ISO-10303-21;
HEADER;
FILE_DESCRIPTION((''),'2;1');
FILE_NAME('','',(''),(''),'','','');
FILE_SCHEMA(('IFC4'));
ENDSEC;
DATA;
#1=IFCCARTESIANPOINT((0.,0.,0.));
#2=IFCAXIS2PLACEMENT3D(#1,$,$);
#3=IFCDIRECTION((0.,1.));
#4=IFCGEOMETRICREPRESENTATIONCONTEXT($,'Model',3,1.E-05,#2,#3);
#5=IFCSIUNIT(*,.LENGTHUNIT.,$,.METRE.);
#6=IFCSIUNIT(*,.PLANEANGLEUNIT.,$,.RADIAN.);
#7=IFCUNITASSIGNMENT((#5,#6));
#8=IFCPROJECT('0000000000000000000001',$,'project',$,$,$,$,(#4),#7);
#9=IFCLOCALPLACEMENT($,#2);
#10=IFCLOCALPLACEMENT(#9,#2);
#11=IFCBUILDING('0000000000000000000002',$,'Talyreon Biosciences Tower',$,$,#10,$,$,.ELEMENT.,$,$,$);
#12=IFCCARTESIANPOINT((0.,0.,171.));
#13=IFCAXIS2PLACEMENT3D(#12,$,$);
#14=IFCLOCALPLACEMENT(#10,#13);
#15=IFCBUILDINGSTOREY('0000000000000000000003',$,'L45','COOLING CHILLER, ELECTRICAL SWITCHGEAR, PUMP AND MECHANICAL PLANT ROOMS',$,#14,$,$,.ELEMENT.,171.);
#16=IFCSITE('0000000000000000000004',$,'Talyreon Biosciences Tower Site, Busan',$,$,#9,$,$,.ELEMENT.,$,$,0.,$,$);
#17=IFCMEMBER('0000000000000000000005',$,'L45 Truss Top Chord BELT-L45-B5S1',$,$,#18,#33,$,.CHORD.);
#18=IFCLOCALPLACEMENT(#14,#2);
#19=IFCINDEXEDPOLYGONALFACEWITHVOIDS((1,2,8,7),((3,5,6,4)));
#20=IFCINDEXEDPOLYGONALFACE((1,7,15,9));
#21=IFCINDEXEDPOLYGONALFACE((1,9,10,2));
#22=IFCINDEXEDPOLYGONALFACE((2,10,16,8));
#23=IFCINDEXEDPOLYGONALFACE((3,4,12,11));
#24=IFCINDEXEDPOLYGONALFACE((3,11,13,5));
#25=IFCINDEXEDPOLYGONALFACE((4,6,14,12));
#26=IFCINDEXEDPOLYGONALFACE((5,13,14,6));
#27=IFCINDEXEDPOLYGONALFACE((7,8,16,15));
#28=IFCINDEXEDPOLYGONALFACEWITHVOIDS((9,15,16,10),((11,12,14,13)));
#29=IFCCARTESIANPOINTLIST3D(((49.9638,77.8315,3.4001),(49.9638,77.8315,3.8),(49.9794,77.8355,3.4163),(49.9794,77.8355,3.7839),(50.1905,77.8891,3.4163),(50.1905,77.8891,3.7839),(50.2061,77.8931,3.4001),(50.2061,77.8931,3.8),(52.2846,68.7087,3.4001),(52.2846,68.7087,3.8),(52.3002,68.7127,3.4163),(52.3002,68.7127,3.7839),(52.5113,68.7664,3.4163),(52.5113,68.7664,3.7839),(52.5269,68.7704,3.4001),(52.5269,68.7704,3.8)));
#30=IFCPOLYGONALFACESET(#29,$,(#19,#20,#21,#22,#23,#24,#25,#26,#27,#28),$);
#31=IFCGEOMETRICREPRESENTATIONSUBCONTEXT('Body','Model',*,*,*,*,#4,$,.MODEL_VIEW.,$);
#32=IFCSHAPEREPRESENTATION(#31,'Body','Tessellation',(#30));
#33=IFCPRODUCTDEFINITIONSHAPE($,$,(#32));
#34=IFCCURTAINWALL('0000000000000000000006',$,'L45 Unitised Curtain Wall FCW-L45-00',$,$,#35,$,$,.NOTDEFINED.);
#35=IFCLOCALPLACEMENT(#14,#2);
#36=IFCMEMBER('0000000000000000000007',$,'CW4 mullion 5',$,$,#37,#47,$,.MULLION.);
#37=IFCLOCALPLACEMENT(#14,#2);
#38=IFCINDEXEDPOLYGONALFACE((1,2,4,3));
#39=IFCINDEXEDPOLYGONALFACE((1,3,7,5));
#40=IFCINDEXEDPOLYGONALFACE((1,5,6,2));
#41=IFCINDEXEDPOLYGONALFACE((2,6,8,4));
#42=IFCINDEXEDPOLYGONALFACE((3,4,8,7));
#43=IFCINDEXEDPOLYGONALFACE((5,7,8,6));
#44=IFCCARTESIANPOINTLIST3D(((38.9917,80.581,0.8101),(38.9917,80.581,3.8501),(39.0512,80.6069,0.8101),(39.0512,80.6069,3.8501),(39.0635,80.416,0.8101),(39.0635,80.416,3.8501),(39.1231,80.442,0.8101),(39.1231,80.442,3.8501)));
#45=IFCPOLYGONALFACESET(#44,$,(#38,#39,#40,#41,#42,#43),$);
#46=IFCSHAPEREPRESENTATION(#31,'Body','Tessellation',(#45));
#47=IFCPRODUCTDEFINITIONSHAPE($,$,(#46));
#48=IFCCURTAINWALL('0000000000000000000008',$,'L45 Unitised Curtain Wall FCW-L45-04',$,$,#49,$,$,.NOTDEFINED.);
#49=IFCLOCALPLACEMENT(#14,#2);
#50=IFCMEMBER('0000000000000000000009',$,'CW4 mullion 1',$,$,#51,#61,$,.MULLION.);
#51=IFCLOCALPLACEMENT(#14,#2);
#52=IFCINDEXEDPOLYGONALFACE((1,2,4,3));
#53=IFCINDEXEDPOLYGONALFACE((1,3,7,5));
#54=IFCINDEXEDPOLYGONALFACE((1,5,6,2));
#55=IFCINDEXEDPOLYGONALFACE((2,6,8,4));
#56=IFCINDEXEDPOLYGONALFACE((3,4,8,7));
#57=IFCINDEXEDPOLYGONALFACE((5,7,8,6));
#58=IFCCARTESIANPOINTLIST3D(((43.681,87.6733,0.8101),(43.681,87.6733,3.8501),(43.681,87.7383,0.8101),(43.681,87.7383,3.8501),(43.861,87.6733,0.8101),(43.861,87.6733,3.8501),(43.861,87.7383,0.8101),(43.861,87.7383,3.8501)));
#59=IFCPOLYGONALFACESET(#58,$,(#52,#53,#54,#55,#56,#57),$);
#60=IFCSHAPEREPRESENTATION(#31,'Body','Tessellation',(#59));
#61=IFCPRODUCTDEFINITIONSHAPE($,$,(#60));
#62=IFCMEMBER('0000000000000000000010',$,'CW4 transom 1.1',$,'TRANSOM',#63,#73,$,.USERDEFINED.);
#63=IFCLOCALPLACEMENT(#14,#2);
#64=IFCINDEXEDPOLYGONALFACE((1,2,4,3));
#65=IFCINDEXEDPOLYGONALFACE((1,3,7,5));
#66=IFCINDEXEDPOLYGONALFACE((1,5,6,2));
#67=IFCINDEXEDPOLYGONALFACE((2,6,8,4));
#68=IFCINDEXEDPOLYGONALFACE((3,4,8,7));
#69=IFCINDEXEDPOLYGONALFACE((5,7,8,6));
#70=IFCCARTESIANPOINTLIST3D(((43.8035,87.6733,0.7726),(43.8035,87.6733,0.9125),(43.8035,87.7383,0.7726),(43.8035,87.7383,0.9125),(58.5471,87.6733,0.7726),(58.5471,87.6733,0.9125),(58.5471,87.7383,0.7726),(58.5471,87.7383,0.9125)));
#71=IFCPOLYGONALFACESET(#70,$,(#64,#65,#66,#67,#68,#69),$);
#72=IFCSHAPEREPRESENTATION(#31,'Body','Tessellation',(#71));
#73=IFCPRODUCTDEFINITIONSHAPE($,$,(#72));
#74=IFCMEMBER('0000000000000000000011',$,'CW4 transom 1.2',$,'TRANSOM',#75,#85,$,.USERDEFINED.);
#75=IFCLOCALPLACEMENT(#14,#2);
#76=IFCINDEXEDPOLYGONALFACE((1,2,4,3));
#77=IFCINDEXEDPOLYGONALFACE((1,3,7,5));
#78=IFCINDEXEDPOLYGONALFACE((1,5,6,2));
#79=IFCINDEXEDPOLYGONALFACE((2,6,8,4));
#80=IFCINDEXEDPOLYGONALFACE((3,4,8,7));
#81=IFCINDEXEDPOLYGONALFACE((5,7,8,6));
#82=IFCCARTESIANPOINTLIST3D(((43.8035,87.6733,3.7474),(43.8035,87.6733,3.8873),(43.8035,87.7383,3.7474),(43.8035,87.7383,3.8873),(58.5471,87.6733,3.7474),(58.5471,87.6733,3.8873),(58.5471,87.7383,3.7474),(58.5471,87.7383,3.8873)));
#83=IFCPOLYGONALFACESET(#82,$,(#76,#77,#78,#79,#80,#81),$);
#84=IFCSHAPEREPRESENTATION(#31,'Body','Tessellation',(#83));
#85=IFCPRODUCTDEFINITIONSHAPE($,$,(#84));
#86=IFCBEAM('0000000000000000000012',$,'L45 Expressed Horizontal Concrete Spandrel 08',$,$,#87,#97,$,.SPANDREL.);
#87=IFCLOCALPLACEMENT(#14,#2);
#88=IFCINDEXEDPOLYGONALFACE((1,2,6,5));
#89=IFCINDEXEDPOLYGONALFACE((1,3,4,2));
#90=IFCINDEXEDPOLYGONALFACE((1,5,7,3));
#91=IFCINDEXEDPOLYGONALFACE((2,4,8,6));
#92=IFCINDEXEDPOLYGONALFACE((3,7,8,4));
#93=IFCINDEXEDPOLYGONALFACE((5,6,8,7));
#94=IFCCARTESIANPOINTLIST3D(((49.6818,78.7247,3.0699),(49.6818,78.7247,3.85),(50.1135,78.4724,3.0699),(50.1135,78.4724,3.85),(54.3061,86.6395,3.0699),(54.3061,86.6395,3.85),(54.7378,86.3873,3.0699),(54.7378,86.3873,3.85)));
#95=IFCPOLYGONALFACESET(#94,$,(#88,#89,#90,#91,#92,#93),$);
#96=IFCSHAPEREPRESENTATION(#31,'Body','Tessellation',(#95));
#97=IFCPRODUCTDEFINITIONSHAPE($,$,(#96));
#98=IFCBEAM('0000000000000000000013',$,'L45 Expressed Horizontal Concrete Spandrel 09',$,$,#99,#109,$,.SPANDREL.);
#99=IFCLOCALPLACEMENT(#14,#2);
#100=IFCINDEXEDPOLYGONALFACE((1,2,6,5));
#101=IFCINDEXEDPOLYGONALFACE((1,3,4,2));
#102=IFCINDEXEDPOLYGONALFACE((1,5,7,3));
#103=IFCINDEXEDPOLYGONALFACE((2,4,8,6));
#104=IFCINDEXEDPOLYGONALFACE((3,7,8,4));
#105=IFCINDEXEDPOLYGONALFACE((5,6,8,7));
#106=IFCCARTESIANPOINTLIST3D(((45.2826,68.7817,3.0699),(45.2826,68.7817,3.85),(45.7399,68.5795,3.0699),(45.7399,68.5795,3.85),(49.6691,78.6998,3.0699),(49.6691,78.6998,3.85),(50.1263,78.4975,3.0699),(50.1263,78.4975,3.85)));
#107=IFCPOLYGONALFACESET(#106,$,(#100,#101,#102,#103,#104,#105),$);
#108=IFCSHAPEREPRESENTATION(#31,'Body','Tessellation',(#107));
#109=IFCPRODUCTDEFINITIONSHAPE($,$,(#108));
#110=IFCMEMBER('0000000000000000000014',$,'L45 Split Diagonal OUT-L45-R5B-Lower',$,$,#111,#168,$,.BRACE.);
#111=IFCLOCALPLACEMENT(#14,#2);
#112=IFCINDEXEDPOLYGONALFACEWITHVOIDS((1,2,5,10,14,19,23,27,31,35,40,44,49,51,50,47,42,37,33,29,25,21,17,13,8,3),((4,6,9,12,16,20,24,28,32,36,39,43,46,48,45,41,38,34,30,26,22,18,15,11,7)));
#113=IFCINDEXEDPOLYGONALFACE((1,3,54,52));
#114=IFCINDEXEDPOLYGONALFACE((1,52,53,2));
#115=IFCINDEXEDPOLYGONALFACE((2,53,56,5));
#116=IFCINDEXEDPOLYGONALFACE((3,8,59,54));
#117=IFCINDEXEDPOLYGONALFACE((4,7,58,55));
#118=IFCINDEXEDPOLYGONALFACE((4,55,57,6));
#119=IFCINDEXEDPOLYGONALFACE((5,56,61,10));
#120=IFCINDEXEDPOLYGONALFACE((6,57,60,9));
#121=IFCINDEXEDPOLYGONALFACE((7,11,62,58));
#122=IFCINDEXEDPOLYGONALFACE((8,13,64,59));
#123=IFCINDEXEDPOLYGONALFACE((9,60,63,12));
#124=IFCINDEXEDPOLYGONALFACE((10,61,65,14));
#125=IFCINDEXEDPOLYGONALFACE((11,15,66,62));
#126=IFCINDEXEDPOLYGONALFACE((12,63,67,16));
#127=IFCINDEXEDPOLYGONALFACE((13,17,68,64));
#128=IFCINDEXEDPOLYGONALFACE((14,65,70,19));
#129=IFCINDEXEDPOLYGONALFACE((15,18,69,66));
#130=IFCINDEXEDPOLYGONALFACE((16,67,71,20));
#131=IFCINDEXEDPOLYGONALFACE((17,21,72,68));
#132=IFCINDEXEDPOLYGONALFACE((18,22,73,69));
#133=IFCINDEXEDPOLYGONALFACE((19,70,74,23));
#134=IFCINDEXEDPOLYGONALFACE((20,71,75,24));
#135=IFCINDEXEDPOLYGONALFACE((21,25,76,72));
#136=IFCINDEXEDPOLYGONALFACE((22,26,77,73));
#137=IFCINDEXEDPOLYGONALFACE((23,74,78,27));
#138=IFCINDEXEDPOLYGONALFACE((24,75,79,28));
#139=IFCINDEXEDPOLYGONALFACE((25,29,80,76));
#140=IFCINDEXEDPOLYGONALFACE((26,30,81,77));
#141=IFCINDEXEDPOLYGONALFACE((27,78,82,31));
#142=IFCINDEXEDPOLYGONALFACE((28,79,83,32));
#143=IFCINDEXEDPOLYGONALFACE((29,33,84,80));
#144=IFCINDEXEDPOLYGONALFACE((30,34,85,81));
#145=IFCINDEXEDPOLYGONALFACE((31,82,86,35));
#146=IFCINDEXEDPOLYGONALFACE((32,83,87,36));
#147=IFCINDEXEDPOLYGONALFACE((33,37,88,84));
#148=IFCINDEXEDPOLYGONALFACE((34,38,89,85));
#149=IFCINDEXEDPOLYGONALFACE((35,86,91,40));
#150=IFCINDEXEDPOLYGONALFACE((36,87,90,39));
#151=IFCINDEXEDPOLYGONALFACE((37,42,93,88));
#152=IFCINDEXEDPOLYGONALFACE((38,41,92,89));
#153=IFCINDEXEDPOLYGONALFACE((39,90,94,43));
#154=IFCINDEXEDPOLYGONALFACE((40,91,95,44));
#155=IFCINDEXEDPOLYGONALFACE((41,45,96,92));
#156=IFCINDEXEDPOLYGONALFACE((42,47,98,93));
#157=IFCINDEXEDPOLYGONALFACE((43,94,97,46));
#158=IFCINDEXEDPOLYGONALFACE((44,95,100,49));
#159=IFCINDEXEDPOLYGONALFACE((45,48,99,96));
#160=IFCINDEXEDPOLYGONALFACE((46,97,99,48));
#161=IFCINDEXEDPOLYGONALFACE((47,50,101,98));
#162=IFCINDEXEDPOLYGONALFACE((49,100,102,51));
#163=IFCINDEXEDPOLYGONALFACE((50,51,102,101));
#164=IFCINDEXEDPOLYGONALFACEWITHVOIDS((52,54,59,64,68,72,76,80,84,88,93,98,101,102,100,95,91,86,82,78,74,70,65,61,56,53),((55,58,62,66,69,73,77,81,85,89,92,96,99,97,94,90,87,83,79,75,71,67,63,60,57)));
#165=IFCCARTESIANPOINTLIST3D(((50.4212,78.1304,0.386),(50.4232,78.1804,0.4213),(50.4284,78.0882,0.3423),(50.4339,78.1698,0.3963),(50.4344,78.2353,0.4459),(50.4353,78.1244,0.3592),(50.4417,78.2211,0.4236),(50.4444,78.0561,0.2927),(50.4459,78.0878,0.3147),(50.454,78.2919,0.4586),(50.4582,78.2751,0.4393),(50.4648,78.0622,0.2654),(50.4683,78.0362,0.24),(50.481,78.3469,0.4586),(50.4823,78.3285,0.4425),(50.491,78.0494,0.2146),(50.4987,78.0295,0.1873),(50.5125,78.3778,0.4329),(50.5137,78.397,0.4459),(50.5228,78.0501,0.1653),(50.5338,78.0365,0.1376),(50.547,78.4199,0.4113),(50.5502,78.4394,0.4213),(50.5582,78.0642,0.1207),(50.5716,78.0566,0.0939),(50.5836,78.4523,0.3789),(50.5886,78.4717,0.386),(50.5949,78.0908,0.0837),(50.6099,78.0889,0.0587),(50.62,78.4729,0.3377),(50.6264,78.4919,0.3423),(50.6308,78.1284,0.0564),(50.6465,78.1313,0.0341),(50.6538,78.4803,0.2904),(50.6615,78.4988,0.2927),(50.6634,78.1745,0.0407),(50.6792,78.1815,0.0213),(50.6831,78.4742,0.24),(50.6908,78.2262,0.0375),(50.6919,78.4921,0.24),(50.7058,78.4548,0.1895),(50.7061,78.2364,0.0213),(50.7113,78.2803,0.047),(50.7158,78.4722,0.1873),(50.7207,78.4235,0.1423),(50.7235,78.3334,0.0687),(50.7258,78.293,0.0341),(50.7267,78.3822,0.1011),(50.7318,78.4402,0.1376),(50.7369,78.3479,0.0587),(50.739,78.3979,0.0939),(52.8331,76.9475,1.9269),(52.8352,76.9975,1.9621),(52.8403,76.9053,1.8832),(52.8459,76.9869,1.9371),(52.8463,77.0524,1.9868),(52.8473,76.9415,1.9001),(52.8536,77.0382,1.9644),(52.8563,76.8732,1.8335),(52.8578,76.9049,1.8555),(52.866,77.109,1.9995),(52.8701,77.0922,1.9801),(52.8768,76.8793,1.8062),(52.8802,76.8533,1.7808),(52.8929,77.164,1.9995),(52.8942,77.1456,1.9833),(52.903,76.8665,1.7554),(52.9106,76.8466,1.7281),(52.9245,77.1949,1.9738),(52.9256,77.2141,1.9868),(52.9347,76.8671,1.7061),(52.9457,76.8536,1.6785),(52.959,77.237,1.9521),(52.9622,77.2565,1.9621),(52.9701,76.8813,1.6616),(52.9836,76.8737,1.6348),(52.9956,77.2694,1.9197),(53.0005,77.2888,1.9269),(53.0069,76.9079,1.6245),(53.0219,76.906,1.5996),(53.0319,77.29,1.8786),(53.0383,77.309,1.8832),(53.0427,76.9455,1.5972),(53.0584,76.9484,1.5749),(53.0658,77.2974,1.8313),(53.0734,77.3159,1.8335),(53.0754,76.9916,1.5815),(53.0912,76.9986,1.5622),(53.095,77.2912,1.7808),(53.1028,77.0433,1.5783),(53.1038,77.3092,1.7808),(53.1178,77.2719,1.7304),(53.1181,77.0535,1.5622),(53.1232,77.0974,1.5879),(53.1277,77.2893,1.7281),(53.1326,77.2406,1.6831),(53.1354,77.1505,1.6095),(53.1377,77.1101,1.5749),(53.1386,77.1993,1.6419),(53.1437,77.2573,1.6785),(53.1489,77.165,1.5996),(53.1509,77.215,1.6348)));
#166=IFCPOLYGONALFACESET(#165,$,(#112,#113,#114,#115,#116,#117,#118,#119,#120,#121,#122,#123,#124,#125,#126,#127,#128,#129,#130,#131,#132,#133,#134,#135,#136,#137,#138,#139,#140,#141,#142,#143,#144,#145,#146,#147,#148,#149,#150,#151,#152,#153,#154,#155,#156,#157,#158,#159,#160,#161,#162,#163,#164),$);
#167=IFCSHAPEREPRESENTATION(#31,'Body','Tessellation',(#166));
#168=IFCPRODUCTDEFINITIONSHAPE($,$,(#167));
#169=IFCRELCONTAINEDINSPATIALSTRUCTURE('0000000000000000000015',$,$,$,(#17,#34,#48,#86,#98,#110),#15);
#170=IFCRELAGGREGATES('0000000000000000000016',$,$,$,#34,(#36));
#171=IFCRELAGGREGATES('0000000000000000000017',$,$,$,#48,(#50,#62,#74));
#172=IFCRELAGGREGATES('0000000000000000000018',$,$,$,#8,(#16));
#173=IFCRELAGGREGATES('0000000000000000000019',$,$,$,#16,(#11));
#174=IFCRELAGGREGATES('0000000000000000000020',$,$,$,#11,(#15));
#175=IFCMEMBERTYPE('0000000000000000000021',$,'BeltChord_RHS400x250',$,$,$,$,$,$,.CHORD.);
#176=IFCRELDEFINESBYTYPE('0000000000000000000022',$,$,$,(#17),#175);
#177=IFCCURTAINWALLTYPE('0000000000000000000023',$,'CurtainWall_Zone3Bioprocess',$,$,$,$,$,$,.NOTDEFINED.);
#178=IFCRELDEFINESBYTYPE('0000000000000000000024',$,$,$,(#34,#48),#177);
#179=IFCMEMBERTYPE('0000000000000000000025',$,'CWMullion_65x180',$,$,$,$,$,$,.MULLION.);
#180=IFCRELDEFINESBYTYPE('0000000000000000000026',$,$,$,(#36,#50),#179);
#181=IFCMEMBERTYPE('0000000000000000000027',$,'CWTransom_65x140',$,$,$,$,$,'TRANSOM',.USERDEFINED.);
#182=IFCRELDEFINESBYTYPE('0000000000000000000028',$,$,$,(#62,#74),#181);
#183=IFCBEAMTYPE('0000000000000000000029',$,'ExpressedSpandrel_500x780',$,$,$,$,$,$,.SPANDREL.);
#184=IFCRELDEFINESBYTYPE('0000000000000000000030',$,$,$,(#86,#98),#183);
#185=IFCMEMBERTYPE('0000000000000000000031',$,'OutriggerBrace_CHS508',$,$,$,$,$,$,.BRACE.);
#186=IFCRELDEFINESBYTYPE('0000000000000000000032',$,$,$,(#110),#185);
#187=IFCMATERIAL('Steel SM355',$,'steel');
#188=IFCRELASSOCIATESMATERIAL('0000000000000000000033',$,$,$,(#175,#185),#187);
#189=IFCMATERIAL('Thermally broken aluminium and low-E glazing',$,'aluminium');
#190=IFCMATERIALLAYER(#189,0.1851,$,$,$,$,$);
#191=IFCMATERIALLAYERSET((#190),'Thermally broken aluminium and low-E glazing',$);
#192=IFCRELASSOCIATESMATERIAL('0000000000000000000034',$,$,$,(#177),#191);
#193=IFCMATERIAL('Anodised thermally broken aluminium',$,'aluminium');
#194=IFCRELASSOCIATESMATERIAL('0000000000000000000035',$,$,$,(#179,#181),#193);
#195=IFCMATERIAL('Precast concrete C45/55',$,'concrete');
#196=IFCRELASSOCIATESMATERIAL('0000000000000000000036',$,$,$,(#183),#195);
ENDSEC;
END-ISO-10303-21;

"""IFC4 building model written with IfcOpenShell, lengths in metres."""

from ifc_helpers import new_model, si_unit, direction, frame, origin, origin_2d, place, context, subcontext, project, spatial, rectangle, hollow_rectangle, hollow_circle, extrude, material, layer, layer_set, material_profile, profile_set, type_object, element, aggregate, save


model = new_model("IFC4")

# Units and contexts
model_context = context("Model", 3, precision=1e-05, world=origin(), true_north=direction((0.0, 1.0)))
body_context = subcontext(model_context, "Body", "Model", "MODEL_VIEW")
ifc_project = project(units=[si_unit("LENGTHUNIT", "METRE"), si_unit("PLANEANGLEUNIT", "RADIAN")], contexts=[model_context])

# Site, building, storey
site_placement = place(None, origin())
site = spatial("IfcSite", under=ifc_project, at=site_placement, Name="Talyreon Biosciences Tower Site, Busan", CompositionType="ELEMENT", RefElevation=0.0)
building_placement = place(site_placement, origin())
building = spatial("IfcBuilding", under=site, at=building_placement, Name="Talyreon Biosciences Tower", CompositionType="ELEMENT")
storey_placement = place(building_placement, frame((0.0, 0.0, 171.0)))
storey = spatial("IfcBuildingStorey", under=building, at=storey_placement, Name="L45", Description="COOLING CHILLER, ELECTRICAL SWITCHGEAR, PUMP AND MECHANICAL PLANT ROOMS", CompositionType="ELEMENT", Elevation=171.0)

# Member
ifc_material_1 = material(Name="Steel SM355", Category="steel")
ifc_material_profile_1 = material_profile(ifc_material_1, hollow_rectangle(XDim=0.25, YDim=0.3999, WallThickness=0.0161, at=origin_2d()), Name="RHS 400x250x16")
ifc_profile_set_1 = profile_set([ifc_material_profile_1], Name="Steel SM355")
member_type_1 = type_object("IfcMemberType", Name="BeltChord_RHS400x250", PredefinedType="CHORD", material=ifc_profile_set_1)
member_1_placement = place(storey_placement, frame((50.085, 77.8623, 3.6001), z_axis=(0.246543, -0.969132, 0.0), x_axis=(0.969132, 0.246543, 0.0)))
element("IfcMember", 1, at=member_1_placement, inside=storey, type_object=member_type_1, Name="L45 Truss Top Chord BELT-L45-B5S1", PredefinedType="CHORD", context=body_context, shape_type="SweptSolid", body=[
    extrude(hollow_rectangle(XDim=0.25, YDim=0.3999, WallThickness=0.0161, at=origin_2d()), origin(), (0.0, 0.0, 1.0), 9.4133),
])

# Curtain wall, member
ifc_material_2 = material(Name="Thermally broken aluminium and low-E glazing", Category="aluminium")
ifc_layer_1 = layer(ifc_material_2, 0.1851)
ifc_layer_set_1 = layer_set([ifc_layer_1], Name="Thermally broken aluminium and low-E glazing")
curtain_wall_type = type_object("IfcCurtainWallType", Name="CurtainWall_Zone3Bioprocess", PredefinedType="NOTDEFINED", material=ifc_layer_set_1)
curtain_wall_1_placement = place(storey_placement, origin())
curtain_wall_1 = element("IfcCurtainWall", 2, at=curtain_wall_1_placement, inside=storey, type_object=curtain_wall_type, Name="L45 Unitised Curtain Wall FCW-L45-00", PredefinedType="NOTDEFINED")
ifc_material_3 = material(Name="Anodised thermally broken aluminium", Category="aluminium")
ifc_material_profile_2 = material_profile(ifc_material_3, rectangle(XDim=0.0649, YDim=0.1799, at=origin_2d()), Name="ALUM MULLION 65x180")
ifc_profile_set_2 = profile_set([ifc_material_profile_2], Name="Anodised thermally broken aluminium")
member_type_2 = type_object("IfcMemberType", Name="CWMullion_65x180", PredefinedType="MULLION", material=ifc_profile_set_2)
member_2_placement = place(storey_placement, frame((39.0574, 80.5115, 0.8101), z_axis=(0.0, 0.0, 1.0), x_axis=(-0.91682, -0.3993, 0.0)))
member_2 = element("IfcMember", 3, at=member_2_placement, type_object=member_type_2, Name="CW4 mullion 5", PredefinedType="MULLION", context=body_context, shape_type="SweptSolid", body=[
    extrude(rectangle(XDim=0.0649, YDim=0.1799, at=origin_2d()), origin(), (0.0, 0.0, 1.0), 3.04),
])
aggregate(curtain_wall_1, [member_2])

# Curtain wall, members
curtain_wall_2_placement = place(storey_placement, origin())
curtain_wall_2 = element("IfcCurtainWall", 4, at=curtain_wall_2_placement, inside=storey, type_object=curtain_wall_type, Name="L45 Unitised Curtain Wall FCW-L45-04", PredefinedType="NOTDEFINED")
member_3_placement = place(storey_placement, frame((43.771, 87.7058, 0.8101), z_axis=(0.0, 0.0, 1.0), x_axis=(0.0, 1.0, 0.0)))
member_3 = element("IfcMember", 5, at=member_3_placement, type_object=member_type_2, Name="CW4 mullion 1", PredefinedType="MULLION", context=body_context, shape_type="SweptSolid", body=[
    extrude(rectangle(XDim=0.0649, YDim=0.1799, at=origin_2d()), origin(), (0.0, 0.0, 1.0), 3.04),
])
ifc_material_profile_3 = material_profile(ifc_material_3, rectangle(XDim=0.0649, YDim=0.1399, at=origin_2d()), Name="ALUM TRANSOM 65x140")
ifc_profile_set_3 = profile_set([ifc_material_profile_3], Name="Anodised thermally broken aluminium")
member_type_3 = type_object("IfcMemberType", Name="CWTransom_65x140", ElementType="TRANSOM", PredefinedType="USERDEFINED", material=ifc_profile_set_3)
member_4_placement = place(storey_placement, frame((43.8035, 87.7058, 0.8425), z_axis=(1.0, 0.0, 0.0), x_axis=(0.0, 1.0, 0.0)))
member_4 = element("IfcMember", 6, at=member_4_placement, type_object=member_type_3, Name="CW4 transom 1.1", ObjectType="TRANSOM", PredefinedType="USERDEFINED", context=body_context, shape_type="SweptSolid", body=[
    extrude(rectangle(XDim=0.0649, YDim=0.1399, at=origin_2d()), origin(), (0.0, 0.0, 1.0), 14.7437),
])
member_5_placement = place(storey_placement, frame((43.8035, 87.7058, 3.8174), z_axis=(1.0, 0.0, 0.0), x_axis=(0.0, 1.0, 0.0)))
member_5 = element("IfcMember", 7, at=member_5_placement, type_object=member_type_3, Name="CW4 transom 1.2", ObjectType="TRANSOM", PredefinedType="USERDEFINED", context=body_context, shape_type="SweptSolid", body=[
    extrude(rectangle(XDim=0.0649, YDim=0.1399, at=origin_2d()), origin(), (0.0, 0.0, 1.0), 14.7437),
])

# Beams
ifc_material_4 = material(Name="Precast concrete C45/55", Category="concrete")
ifc_material_profile_4 = material_profile(ifc_material_4, rectangle(XDim=0.5, YDim=0.78, at=origin_2d()), Name="RCB 500x780")
ifc_profile_set_4 = profile_set([ifc_material_profile_4], Name="Precast concrete C45/55")
beam_type_1 = type_object("IfcBeamType", Name="ExpressedSpandrel_500x780", PredefinedType="SPANDREL", material=ifc_profile_set_4)
beam_1_placement = place(storey_placement, frame((54.522, 86.5134, 3.46), z_axis=(-0.504465, -0.863432, 0.0), x_axis=(0.863432, -0.504465, 0.0)))
element("IfcBeam", 8, at=beam_1_placement, inside=storey, type_object=beam_type_1, Name="L45 Expressed Horizontal Concrete Spandrel 08", PredefinedType="SPANDREL", context=body_context, shape_type="SweptSolid", body=[
    extrude(rectangle(XDim=0.5, YDim=0.78, at=origin_2d()), origin(), (0.0, 0.0, 1.0), 9.1667),
])
beam_2_placement = place(storey_placement, frame((49.8977, 78.5986, 3.46), z_axis=(-0.404481, -0.914546, 0.0), x_axis=(0.914546, -0.404481, 0.0)))
element("IfcBeam", 9, at=beam_2_placement, inside=storey, type_object=beam_type_1, Name="L45 Expressed Horizontal Concrete Spandrel 09", PredefinedType="SPANDREL", context=body_context, shape_type="SweptSolid", body=[
    extrude(rectangle(XDim=0.5, YDim=0.78, at=origin_2d()), origin(), (0.0, 0.0, 1.0), 10.8447),
])

# Member
ifc_material_profile_5 = material_profile(ifc_material_1, hollow_circle(Radius=0.2539, WallThickness=0.02, at=origin_2d()), Name="CHS 508x20")
ifc_profile_set_5 = profile_set([ifc_material_profile_5], Name="Steel SM355")
member_type_4 = type_object("IfcMemberType", Name="OutriggerBrace_CHS508", PredefinedType="BRACE", material=ifc_profile_set_5)
member_6_placement = place(storey_placement, frame((50.5801, 78.2642, 0.24), z_axis=(0.778823, -0.381961, 0.497535), x_axis=(0.44033, 0.897836, 0.0)))
element("IfcMember", 10, at=member_6_placement, inside=storey, type_object=member_type_4, Name="L45 Split Diagonal OUT-L45-R5B-Lower", PredefinedType="BRACE", context=body_context, shape_type="SweptSolid", body=[
    extrude(hollow_circle(Radius=0.2539, WallThickness=0.02, at=origin_2d()), origin(), (0.0, 0.0, 1.0), 3.0969),
])

aggregate(curtain_wall_2, [member_3, member_4, member_5])

save(model, "model.ifc")
